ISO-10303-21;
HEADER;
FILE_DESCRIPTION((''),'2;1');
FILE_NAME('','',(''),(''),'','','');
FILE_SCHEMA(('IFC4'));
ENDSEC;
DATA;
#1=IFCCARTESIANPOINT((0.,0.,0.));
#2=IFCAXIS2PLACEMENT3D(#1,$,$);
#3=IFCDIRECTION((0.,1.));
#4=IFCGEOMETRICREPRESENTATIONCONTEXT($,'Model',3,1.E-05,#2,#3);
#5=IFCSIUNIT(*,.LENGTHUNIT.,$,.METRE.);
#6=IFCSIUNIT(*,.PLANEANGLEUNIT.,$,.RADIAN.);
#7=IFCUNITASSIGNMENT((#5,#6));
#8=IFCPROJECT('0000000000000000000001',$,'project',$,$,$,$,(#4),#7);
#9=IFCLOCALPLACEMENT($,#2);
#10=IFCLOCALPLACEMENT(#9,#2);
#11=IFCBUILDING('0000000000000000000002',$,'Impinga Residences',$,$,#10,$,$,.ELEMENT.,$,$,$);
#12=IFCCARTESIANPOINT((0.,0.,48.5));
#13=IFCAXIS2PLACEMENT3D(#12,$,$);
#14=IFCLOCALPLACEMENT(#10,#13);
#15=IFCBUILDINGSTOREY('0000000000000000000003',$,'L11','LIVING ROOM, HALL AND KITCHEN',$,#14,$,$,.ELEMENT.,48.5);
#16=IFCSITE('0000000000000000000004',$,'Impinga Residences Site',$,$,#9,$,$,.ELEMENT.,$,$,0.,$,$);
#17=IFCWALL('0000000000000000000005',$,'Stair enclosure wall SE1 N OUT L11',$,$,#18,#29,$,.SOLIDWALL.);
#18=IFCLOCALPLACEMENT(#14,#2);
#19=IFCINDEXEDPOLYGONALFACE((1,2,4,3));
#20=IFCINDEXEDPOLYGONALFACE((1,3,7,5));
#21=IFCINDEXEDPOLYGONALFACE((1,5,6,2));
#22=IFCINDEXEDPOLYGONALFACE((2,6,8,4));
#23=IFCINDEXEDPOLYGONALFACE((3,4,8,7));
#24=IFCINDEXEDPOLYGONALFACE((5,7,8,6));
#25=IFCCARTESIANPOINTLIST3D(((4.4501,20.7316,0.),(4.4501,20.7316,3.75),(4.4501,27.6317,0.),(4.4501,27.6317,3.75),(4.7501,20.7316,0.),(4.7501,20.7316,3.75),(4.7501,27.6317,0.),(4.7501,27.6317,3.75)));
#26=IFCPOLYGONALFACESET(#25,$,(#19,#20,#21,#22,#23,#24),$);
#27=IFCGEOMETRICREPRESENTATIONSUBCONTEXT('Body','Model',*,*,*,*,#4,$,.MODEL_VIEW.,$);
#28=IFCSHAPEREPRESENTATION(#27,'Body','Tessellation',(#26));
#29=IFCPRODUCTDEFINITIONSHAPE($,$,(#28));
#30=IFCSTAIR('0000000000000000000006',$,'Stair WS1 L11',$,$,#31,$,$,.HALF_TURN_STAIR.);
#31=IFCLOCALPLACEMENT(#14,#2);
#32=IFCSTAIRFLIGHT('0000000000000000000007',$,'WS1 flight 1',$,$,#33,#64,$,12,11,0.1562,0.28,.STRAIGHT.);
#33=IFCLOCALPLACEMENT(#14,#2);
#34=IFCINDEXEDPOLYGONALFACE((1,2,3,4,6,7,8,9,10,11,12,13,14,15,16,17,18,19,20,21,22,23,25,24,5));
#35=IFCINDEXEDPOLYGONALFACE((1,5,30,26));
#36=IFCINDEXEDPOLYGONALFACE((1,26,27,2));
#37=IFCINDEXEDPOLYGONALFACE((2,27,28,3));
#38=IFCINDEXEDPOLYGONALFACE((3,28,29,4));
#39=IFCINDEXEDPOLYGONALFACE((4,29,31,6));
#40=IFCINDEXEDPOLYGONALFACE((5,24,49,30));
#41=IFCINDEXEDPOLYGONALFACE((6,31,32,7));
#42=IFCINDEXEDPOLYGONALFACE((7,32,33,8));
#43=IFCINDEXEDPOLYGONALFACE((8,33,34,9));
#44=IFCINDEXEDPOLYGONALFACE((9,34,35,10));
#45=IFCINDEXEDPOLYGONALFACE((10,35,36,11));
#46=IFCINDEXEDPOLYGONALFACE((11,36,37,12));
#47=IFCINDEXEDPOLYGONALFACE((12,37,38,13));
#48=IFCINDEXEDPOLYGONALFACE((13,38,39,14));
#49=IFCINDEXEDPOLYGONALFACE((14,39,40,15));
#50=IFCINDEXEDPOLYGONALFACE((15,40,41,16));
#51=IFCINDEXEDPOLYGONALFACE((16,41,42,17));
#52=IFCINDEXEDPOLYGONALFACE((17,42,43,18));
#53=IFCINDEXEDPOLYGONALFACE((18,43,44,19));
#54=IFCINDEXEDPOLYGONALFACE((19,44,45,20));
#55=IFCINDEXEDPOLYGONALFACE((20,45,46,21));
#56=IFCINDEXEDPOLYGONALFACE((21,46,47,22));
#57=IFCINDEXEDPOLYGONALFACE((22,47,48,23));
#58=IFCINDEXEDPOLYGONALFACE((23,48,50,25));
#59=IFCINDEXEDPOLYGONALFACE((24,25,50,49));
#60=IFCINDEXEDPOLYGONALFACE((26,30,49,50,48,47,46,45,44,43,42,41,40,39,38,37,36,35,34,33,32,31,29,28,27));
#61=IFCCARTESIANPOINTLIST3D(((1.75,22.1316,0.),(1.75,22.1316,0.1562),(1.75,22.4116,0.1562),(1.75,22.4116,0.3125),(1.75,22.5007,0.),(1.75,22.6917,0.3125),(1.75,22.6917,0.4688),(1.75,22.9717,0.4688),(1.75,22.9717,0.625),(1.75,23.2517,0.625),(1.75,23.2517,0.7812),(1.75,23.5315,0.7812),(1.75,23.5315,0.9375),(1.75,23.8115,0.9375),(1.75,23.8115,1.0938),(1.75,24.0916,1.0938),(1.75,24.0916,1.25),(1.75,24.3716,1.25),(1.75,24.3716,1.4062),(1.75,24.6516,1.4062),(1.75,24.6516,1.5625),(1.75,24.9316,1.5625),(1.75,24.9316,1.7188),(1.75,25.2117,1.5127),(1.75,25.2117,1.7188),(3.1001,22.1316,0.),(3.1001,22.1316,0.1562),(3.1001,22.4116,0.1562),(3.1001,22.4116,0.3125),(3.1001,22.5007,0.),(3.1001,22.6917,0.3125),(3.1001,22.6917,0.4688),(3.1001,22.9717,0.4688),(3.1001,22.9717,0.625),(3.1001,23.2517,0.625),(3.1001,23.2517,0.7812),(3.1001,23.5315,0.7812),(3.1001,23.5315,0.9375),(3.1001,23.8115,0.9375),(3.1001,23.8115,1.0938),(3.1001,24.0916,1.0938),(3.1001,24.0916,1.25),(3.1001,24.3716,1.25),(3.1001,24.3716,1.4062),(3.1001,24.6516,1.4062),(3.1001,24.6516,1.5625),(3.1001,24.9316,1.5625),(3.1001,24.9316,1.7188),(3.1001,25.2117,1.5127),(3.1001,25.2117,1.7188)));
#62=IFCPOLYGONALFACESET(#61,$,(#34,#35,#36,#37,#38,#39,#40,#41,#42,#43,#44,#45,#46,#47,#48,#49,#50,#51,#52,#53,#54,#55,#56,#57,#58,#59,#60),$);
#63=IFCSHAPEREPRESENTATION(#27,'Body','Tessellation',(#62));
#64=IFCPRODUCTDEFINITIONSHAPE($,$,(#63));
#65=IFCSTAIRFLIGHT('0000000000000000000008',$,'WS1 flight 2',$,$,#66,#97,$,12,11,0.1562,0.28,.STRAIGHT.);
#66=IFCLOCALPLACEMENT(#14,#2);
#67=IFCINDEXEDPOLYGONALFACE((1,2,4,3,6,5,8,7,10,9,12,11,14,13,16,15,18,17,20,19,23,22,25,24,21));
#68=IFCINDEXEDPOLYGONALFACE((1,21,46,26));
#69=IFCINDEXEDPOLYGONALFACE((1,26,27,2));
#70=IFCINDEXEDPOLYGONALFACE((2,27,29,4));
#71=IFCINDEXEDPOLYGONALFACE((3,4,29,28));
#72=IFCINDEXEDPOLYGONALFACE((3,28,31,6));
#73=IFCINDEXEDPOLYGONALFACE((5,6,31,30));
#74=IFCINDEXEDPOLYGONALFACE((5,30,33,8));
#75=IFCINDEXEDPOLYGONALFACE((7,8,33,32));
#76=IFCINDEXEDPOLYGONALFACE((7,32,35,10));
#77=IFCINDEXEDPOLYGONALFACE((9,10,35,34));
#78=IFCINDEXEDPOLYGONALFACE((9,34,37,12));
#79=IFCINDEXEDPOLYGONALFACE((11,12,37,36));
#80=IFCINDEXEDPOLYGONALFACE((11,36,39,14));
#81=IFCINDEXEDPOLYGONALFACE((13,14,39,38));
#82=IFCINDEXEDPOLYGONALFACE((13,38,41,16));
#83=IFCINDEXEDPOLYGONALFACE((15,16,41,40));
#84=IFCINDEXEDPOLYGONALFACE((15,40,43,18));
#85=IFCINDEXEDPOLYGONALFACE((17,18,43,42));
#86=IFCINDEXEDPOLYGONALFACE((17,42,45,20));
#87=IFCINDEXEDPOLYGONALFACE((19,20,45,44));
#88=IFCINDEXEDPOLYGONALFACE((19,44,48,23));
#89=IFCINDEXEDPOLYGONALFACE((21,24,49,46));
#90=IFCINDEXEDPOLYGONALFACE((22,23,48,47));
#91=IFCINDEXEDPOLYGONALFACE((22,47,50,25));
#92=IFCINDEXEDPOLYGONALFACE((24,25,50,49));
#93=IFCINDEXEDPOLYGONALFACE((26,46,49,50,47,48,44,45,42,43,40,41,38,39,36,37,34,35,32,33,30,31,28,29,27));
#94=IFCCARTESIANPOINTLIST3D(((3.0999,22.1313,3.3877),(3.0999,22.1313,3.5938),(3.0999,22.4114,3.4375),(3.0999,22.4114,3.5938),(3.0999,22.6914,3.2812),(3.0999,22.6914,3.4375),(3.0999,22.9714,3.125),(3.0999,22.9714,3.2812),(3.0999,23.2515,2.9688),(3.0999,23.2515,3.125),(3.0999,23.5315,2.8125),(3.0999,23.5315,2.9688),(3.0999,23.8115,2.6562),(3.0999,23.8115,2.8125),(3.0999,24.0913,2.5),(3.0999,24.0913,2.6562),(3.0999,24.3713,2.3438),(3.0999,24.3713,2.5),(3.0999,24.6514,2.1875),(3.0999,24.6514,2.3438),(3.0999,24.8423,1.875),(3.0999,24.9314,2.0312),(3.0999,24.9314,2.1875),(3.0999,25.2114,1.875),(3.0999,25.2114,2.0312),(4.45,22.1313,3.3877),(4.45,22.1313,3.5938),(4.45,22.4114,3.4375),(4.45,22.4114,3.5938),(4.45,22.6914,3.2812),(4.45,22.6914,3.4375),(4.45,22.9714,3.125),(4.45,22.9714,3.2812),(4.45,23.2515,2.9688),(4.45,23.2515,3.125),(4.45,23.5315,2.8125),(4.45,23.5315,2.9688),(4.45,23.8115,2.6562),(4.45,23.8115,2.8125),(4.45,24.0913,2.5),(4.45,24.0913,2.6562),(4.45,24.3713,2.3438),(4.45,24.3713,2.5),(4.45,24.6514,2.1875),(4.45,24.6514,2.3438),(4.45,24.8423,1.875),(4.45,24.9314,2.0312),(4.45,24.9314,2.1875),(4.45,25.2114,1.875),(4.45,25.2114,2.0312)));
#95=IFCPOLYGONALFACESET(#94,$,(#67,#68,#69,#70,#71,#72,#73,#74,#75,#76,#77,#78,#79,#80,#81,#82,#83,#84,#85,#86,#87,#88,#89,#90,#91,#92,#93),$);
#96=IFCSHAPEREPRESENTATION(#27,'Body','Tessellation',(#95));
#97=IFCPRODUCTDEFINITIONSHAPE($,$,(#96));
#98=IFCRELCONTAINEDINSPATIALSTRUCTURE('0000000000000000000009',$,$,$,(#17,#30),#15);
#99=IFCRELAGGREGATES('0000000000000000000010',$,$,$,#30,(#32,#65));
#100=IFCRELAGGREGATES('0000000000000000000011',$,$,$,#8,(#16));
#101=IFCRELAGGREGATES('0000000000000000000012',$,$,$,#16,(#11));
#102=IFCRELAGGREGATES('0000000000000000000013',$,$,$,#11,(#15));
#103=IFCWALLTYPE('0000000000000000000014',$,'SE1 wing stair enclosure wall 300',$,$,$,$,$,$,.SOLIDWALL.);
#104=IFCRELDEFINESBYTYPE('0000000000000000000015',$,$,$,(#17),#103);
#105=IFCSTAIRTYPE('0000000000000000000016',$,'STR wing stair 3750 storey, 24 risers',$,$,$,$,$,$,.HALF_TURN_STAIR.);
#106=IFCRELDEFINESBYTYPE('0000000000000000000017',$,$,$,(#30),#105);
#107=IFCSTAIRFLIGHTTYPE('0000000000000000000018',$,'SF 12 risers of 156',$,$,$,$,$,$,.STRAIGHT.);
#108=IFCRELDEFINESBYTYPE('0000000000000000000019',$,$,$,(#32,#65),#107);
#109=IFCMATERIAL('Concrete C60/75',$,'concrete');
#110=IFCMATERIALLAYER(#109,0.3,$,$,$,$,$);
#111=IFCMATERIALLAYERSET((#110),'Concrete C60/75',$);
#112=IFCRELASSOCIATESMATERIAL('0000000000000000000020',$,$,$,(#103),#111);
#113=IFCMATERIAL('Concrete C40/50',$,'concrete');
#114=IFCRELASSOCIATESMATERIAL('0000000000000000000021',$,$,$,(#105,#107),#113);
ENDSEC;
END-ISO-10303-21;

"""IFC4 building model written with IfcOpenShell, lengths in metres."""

from ifc_helpers import new_model, si_unit, direction, frame, frame_2d, origin, place, context, subcontext, project, spatial, polyline, rectangle, outline, extrude, material, layer, layer_set, type_object, element, aggregate, save


model = new_model("IFC4")

# Units and contexts
model_context = context("Model", 3, precision=1e-05, world=origin(), true_north=direction((0.0, 1.0)))
body_context = subcontext(model_context, "Body", "Model", "MODEL_VIEW")
ifc_project = project(units=[si_unit("LENGTHUNIT", "METRE"), si_unit("PLANEANGLEUNIT", "RADIAN")], contexts=[model_context])

# Site, building, storey
site_placement = place(None, origin())
site = spatial("IfcSite", under=ifc_project, at=site_placement, Name="Impinga Residences Site", CompositionType="ELEMENT", RefElevation=0.0)
building_placement = place(site_placement, origin())
building = spatial("IfcBuilding", under=site, at=building_placement, Name="Impinga Residences", CompositionType="ELEMENT")
storey_placement = place(building_placement, frame((0.0, 0.0, 48.5)))
storey = spatial("IfcBuildingStorey", under=building, at=storey_placement, Name="L11", Description="LIVING ROOM, HALL AND KITCHEN", CompositionType="ELEMENT", Elevation=48.5)

# Shared definitions
ifc_material_1 = material(Name="Concrete C60/75", Category="concrete")

# Wall
ifc_layer_1 = layer(ifc_material_1, 0.3)
ifc_layer_set_1 = layer_set([ifc_layer_1], Name="Concrete C60/75")
wall_type_1 = type_object("IfcWallType", Name="SE1 wing stair enclosure wall 300", PredefinedType="SOLIDWALL", material=ifc_layer_set_1)
wall_1_placement = place(storey_placement, frame((4.6001, 20.7314, 0.0), z_axis=(0.0, 0.0, 1.0), x_axis=(0.0, 1.0, 0.0)))
element("IfcWall", 1, at=wall_1_placement, inside=storey, type_object=wall_type_1, Name="Stair enclosure wall SE1 N OUT L11", PredefinedType="SOLIDWALL", context=body_context, shape_type="SweptSolid", body=[
    extrude(rectangle(XDim=6.9001, YDim=0.3, at=frame_2d((3.4502, 0.0))), origin(), (0.0, 0.0, 1.0), 3.75),
])

# Stair, stair flights
ifc_material_2 = material(Name="Concrete C40/50", Category="concrete")
stair_type = type_object("IfcStairType", Name="STR wing stair 3750 storey, 24 risers", PredefinedType="HALF_TURN_STAIR", material=ifc_material_2)
stair_placement = place(storey_placement, origin())
stair = element("IfcStair", 2, at=stair_placement, inside=storey, type_object=stair_type, Name="Stair WS1 L11", PredefinedType="HALF_TURN_STAIR")
stair_flight_type = type_object("IfcStairFlightType", Name="SF 12 risers of 156", PredefinedType="STRAIGHT", material=ifc_material_2)
stair_flight_1_placement = place(storey_placement, frame((2.425, 22.1316, 0.0), z_axis=(0.0, 0.0, 1.0), x_axis=(0.0, 1.0, 0.0)))
stair_flight_1 = element("IfcStairFlight", 3, at=stair_flight_1_placement, type_object=stair_flight_type, Name="WS1 flight 1", NumberOfRisers=12, NumberOfTreads=11, PredefinedType="STRAIGHT", RiserHeight=0.1562, TreadLength=0.28, context=body_context, shape_type="SweptSolid", body=[
    extrude(outline(polyline([(0.0, 0.0), (0.0, 0.1562), (0.28, 0.1562), (0.28, 0.3125), (0.5601, 0.3125), (0.5601, 0.4688), (0.8401, 0.4688), (0.8401, 0.625), (1.1201, 0.625), (1.1201, 0.7812), (1.3999, 0.7812), (1.3999, 0.9375), (1.6799, 0.9375), (1.6799, 1.0938), (1.96, 1.0938), (1.96, 1.25), (2.24, 1.25), (2.24, 1.4062), (2.52, 1.4062), (2.52, 1.5625), (2.8, 1.5625), (2.8, 1.7188), (3.0801, 1.7188), (3.0801, 1.875), (3.0801, 1.5127), (0.3691, 0.0), (0.0, 0.0)])), frame((0.0, 0.675, 0.0), z_axis=(0.0, -1.0, 0.0), x_axis=(1.0, 0.0, 0.0)), (0.0, 0.0, 1.0), 1.3501),
])
stair_flight_2_placement = place(storey_placement, frame((3.7749, 25.2114, 1.875), z_axis=(0.0, 0.0, 1.0), x_axis=(0.0, -1.0, 0.0)))
stair_flight_2 = element("IfcStairFlight", 4, at=stair_flight_2_placement, type_object=stair_flight_type, Name="WS1 flight 2", NumberOfRisers=12, NumberOfTreads=11, PredefinedType="STRAIGHT", RiserHeight=0.1562, TreadLength=0.28, context=body_context, shape_type="SweptSolid", body=[
    extrude(outline(polyline([(0.0, 0.0), (0.0, 0.1562), (0.28, 0.1562), (0.28, 0.3125), (0.5601, 0.3125), (0.5601, 0.4688), (0.8401, 0.4688), (0.8401, 0.625), (1.1201, 0.625), (1.1201, 0.7812), (1.3999, 0.7812), (1.3999, 0.9375), (1.6799, 0.9375), (1.6799, 1.0938), (1.96, 1.0938), (1.96, 1.25), (2.24, 1.25), (2.24, 1.4062), (2.52, 1.4062), (2.52, 1.5625), (2.8, 1.5625), (2.8, 1.7188), (3.0801, 1.7188), (3.0801, 1.875), (3.0801, 1.5127), (0.3691, 0.0), (0.0, 0.0)])), frame((0.0, 0.675, 0.0), z_axis=(0.0, -1.0, 0.0), x_axis=(1.0, 0.0, 0.0)), (0.0, 0.0, 1.0), 1.3501),
])
aggregate(stair, [stair_flight_1, stair_flight_2])

save(model, "model.ifc")
